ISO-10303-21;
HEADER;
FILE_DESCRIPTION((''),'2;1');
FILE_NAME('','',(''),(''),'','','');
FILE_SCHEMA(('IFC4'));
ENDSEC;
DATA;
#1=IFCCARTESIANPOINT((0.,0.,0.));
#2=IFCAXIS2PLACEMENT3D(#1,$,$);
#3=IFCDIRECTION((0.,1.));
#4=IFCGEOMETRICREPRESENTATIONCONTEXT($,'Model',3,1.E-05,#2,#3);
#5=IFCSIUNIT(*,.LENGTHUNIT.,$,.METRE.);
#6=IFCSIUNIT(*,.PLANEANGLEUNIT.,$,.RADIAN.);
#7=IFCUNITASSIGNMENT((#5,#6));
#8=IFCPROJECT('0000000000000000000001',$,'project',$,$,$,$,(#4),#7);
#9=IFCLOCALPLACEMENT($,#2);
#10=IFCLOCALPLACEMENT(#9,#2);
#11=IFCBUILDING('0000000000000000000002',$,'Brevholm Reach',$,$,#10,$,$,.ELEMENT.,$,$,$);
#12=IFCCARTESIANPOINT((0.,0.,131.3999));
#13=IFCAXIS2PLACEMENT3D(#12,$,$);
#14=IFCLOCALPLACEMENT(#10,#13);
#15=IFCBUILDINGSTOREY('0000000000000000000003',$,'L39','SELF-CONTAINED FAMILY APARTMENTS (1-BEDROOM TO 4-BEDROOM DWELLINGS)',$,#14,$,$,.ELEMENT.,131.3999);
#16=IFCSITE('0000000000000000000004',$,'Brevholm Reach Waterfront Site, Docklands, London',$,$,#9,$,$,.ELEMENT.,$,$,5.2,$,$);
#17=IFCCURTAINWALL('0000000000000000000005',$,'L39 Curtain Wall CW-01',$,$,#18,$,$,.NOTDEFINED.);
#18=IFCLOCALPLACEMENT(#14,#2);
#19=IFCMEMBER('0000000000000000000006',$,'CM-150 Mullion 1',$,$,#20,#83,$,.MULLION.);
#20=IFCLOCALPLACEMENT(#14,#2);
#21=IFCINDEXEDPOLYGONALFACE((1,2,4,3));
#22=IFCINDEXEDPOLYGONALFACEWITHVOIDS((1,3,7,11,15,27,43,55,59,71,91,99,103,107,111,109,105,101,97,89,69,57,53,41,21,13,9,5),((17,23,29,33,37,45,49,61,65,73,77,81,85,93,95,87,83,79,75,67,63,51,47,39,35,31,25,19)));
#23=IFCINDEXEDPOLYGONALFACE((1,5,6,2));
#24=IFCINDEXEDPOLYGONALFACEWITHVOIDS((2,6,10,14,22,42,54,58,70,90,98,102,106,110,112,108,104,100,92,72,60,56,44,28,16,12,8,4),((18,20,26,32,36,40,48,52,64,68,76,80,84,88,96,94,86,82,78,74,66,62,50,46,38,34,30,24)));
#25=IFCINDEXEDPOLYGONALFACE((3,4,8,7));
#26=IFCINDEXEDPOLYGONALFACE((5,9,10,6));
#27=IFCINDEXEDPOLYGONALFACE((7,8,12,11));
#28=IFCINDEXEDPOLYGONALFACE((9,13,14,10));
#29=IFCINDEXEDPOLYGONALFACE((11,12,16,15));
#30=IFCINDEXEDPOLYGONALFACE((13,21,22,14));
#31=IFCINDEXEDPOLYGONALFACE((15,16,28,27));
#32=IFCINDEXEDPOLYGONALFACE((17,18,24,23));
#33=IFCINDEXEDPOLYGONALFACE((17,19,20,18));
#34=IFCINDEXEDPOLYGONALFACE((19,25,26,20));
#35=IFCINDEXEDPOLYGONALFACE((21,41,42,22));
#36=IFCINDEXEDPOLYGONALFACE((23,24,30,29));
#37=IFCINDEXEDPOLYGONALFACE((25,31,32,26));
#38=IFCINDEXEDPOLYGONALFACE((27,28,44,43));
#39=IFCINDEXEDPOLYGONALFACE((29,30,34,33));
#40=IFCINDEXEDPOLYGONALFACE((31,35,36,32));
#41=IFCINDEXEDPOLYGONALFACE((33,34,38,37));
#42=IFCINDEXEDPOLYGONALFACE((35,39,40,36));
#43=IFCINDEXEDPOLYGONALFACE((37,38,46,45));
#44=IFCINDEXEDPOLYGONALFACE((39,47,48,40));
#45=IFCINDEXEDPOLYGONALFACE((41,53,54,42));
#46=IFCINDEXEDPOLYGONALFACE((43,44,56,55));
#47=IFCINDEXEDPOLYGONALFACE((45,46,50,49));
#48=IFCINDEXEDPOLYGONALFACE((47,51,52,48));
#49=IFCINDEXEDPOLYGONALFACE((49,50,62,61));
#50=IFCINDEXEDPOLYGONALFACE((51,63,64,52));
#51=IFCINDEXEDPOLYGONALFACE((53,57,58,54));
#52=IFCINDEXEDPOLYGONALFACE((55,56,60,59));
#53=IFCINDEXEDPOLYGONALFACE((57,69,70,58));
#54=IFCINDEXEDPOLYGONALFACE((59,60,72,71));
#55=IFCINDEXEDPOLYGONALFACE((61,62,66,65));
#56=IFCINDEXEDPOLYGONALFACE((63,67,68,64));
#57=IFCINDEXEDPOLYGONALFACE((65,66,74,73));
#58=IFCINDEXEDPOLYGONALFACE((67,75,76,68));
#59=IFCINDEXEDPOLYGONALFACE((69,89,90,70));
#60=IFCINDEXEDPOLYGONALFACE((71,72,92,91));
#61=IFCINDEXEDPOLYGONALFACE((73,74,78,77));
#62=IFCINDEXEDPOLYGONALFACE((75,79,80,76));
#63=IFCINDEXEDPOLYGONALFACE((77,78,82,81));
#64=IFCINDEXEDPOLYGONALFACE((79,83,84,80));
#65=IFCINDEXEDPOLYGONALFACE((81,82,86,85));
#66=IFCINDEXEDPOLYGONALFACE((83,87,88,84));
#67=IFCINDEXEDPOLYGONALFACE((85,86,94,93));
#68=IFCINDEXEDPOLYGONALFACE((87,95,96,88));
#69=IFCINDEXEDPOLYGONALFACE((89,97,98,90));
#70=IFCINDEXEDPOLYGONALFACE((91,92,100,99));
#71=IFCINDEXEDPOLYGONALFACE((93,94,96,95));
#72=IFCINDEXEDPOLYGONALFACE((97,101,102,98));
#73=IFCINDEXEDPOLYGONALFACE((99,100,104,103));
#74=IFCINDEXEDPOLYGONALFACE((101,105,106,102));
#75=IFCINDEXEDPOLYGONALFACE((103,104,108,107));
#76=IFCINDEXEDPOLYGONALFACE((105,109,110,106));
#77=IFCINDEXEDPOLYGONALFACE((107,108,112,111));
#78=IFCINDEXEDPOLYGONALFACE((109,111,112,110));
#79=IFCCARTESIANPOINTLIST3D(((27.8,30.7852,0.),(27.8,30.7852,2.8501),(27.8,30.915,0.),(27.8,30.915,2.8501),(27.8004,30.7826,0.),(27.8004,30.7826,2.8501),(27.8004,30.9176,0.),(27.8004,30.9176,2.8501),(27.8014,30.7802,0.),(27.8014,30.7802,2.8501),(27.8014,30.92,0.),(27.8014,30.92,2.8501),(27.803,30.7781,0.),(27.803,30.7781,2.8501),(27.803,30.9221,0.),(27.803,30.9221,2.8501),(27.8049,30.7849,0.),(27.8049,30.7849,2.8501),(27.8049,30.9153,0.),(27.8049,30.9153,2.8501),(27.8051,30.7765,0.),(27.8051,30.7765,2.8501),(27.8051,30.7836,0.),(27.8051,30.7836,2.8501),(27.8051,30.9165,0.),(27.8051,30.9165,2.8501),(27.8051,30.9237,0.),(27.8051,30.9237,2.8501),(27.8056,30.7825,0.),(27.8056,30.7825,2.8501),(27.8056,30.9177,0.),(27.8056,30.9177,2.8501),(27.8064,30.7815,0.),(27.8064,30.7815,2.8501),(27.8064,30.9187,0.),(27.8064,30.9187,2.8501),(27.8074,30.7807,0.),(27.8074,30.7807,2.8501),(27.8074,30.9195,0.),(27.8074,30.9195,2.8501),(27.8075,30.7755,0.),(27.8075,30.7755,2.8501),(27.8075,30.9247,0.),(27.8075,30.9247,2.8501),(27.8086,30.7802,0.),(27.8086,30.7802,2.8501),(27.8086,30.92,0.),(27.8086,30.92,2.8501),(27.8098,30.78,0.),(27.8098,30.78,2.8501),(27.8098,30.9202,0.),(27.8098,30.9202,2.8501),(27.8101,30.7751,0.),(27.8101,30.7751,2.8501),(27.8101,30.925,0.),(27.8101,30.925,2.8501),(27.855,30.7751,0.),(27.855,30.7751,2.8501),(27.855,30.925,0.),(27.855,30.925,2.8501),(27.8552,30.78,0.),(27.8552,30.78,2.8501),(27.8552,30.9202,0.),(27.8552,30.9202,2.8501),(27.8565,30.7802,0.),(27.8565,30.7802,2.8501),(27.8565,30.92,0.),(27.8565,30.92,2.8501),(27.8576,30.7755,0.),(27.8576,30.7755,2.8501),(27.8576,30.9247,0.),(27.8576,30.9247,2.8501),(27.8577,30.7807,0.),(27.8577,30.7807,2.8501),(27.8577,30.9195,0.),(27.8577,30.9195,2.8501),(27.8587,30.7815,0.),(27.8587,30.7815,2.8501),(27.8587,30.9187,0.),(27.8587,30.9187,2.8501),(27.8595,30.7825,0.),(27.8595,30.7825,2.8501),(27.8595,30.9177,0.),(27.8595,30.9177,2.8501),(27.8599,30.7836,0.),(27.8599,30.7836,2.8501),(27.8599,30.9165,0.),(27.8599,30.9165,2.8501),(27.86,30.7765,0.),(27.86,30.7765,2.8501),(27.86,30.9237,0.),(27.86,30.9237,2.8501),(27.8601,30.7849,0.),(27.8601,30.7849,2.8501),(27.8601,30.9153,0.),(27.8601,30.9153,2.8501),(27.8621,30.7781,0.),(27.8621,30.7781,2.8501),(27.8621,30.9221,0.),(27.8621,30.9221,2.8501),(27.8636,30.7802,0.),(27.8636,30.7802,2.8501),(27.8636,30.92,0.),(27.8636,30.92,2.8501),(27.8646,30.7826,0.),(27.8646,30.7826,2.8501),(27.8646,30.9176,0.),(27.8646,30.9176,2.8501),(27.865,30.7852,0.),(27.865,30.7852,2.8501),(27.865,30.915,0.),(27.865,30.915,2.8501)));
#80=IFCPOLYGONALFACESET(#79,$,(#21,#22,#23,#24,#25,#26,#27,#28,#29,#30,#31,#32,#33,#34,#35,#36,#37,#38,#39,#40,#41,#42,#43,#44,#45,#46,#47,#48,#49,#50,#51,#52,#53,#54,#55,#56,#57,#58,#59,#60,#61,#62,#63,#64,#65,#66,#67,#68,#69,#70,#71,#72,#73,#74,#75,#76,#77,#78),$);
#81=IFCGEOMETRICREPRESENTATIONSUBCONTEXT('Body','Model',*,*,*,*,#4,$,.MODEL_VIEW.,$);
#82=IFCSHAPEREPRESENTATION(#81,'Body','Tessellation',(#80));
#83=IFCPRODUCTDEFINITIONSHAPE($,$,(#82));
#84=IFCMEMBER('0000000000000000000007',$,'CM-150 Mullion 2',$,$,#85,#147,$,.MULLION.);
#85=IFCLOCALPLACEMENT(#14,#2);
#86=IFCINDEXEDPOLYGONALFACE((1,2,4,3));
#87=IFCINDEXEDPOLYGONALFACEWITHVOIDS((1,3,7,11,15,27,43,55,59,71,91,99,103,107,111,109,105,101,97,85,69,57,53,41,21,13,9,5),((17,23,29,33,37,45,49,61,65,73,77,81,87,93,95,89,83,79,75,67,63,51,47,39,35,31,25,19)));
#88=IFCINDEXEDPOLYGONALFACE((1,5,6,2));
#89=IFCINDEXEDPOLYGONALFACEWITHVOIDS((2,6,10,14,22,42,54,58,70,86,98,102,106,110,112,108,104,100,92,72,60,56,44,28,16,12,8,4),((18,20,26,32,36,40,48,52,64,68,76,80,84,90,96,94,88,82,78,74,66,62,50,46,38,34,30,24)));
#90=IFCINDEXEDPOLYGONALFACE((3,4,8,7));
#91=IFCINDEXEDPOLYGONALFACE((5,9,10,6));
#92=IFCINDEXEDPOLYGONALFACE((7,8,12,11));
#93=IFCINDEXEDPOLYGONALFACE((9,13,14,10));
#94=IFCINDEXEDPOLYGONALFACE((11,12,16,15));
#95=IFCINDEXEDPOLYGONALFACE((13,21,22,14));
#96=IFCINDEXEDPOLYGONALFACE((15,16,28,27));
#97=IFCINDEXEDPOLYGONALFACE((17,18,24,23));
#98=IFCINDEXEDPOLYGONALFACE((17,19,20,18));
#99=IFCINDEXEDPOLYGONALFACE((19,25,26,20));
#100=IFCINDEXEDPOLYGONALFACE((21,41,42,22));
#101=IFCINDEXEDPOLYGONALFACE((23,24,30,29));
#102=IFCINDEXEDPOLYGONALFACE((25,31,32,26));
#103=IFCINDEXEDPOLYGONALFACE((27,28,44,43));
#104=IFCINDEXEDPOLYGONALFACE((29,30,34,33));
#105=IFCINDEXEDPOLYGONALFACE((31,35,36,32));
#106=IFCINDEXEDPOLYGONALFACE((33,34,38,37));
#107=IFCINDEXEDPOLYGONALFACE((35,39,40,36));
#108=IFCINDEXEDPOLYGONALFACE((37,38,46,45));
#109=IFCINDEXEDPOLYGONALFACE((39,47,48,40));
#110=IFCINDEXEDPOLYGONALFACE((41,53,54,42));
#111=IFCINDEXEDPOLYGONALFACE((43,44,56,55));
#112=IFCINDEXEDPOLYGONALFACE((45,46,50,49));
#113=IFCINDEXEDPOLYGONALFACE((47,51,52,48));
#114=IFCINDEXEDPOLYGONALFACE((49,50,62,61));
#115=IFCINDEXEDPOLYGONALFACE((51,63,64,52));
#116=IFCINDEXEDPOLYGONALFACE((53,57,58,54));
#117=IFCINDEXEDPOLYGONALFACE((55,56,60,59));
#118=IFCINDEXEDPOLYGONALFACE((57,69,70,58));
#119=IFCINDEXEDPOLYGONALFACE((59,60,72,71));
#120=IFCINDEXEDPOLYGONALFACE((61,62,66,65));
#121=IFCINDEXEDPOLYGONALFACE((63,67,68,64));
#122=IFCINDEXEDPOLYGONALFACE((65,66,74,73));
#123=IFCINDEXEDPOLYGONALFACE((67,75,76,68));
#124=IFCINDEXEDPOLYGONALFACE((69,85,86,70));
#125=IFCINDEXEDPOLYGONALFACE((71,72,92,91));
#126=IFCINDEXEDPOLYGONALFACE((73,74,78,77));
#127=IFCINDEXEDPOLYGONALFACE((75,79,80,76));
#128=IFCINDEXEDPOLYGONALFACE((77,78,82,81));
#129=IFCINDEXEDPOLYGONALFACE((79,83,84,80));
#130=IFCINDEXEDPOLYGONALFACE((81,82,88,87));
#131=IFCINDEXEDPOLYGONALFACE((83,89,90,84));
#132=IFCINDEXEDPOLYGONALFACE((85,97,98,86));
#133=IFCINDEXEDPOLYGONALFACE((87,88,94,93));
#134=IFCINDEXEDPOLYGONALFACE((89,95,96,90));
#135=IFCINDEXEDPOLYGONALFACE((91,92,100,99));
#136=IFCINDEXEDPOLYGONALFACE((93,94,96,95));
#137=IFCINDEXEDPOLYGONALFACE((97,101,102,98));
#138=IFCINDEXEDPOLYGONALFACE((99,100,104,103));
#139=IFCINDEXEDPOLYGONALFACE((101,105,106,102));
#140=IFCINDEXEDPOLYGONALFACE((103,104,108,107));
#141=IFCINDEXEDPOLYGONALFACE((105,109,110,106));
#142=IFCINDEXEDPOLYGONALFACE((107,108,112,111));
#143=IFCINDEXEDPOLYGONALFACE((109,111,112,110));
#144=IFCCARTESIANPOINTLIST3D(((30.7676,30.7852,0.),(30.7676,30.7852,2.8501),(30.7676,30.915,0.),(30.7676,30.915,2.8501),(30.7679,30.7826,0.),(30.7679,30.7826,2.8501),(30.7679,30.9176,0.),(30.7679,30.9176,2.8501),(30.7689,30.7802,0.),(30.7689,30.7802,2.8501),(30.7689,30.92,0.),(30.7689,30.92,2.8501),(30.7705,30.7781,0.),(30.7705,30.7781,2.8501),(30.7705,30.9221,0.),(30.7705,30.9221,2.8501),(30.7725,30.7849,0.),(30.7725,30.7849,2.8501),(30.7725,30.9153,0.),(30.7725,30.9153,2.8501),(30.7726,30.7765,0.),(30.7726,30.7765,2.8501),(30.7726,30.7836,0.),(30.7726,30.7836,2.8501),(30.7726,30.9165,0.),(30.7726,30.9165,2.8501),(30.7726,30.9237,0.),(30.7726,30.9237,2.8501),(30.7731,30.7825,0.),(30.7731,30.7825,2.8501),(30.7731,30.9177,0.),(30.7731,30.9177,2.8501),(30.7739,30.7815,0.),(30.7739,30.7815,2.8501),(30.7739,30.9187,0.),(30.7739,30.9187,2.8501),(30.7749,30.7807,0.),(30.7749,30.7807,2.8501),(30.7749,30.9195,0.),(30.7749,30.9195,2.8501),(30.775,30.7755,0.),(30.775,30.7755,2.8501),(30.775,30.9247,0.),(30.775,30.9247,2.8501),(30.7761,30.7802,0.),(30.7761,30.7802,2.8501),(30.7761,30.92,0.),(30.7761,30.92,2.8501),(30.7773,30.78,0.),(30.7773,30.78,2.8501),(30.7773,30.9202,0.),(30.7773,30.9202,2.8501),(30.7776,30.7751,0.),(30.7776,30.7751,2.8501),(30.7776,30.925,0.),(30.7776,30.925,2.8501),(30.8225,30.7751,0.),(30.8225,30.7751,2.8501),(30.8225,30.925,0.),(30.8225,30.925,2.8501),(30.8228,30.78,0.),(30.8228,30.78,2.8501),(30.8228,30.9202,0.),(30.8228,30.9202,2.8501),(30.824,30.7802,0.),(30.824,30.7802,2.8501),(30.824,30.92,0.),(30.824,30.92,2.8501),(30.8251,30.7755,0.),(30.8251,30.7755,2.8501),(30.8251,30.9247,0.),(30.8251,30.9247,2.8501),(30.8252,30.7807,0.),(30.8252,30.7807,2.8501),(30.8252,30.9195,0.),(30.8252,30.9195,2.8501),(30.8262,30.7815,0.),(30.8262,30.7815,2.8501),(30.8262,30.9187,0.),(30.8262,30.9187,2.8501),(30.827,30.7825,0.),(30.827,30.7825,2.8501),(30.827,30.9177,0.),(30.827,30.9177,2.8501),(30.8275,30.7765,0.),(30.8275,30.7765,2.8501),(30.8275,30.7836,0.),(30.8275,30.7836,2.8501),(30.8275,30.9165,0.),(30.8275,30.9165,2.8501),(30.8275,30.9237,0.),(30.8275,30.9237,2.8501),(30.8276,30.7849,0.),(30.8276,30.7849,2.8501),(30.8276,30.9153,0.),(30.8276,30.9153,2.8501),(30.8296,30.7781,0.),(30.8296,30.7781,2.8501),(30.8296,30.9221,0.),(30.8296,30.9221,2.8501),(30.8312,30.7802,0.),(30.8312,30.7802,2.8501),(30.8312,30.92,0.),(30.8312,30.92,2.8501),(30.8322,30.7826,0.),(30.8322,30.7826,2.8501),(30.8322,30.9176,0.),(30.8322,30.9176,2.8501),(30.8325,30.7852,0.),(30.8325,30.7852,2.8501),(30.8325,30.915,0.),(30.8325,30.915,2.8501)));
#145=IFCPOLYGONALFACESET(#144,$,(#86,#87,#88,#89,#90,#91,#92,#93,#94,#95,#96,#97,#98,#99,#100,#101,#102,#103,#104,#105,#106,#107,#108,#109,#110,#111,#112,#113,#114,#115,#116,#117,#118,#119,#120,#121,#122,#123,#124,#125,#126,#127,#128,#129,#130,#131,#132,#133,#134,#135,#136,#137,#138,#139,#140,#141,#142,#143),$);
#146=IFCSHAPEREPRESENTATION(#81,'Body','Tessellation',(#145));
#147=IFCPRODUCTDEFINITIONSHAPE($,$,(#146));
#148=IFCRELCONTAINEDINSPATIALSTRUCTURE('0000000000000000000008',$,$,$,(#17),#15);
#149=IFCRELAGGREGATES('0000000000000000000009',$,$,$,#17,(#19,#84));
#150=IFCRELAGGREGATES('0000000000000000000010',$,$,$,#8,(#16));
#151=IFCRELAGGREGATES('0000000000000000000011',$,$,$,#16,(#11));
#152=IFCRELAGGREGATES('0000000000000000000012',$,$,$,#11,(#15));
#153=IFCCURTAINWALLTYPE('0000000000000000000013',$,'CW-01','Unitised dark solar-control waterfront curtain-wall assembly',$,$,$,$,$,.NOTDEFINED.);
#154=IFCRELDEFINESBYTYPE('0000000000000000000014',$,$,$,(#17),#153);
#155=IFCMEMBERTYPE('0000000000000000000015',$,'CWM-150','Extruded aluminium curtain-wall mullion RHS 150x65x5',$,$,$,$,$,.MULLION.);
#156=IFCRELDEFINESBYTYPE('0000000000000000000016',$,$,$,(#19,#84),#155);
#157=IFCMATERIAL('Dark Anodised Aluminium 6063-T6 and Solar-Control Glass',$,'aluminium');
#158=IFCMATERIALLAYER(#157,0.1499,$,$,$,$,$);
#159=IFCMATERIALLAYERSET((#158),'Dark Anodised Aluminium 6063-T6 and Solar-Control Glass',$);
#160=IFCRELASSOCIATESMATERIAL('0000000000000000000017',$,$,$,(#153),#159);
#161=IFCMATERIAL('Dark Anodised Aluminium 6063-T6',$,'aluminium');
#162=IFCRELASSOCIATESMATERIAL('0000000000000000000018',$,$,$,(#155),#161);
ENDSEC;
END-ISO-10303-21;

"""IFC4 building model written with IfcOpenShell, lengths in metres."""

from ifc_helpers import new_model, si_unit, direction, frame, origin, origin_2d, place, context, subcontext, project, spatial, hollow_rectangle, extrude, material, layer, layer_set, material_profile, profile_set, type_object, element, aggregate, save


model = new_model("IFC4")

# Units and contexts
model_context = context("Model", 3, precision=1e-05, world=origin(), true_north=direction((0.0, 1.0)))
body_context = subcontext(model_context, "Body", "Model", "MODEL_VIEW")
ifc_project = project(units=[si_unit("LENGTHUNIT", "METRE"), si_unit("PLANEANGLEUNIT", "RADIAN")], contexts=[model_context])

# Site, building, storey
site_placement = place(None, origin())
site = spatial("IfcSite", under=ifc_project, at=site_placement, Name="Brevholm Reach Waterfront Site, Docklands, London", CompositionType="ELEMENT", RefElevation=5.2)
building_placement = place(site_placement, origin())
building = spatial("IfcBuilding", under=site, at=building_placement, Name="Brevholm Reach", CompositionType="ELEMENT")
storey_placement = place(building_placement, frame((0.0, 0.0, 131.3999)))
storey = spatial("IfcBuildingStorey", under=building, at=storey_placement, Name="L39", Description="SELF-CONTAINED FAMILY APARTMENTS (1-BEDROOM TO 4-BEDROOM DWELLINGS)", CompositionType="ELEMENT", Elevation=131.3999)

# Curtain wall, members
ifc_material_1 = material(Name="Dark Anodised Aluminium 6063-T6 and Solar-Control Glass", Category="aluminium")
ifc_layer_1 = layer(ifc_material_1, 0.1499)
ifc_layer_set_1 = layer_set([ifc_layer_1], Name="Dark Anodised Aluminium 6063-T6 and Solar-Control Glass")
curtain_wall_type_1 = type_object("IfcCurtainWallType", Name="CW-01", Description="Unitised dark solar-control waterfront curtain-wall assembly", PredefinedType="NOTDEFINED", material=ifc_layer_set_1)
curtain_wall_1_placement = place(storey_placement, origin())
curtain_wall_1 = element("IfcCurtainWall", 1, at=curtain_wall_1_placement, inside=storey, type_object=curtain_wall_type_1, Name="L39 Curtain Wall CW-01", PredefinedType="NOTDEFINED")
ifc_material_2 = material(Name="Dark Anodised Aluminium 6063-T6", Category="aluminium")
ifc_material_profile_1 = material_profile(ifc_material_2, hollow_rectangle(XDim=0.0649, YDim=0.1499, WallThickness=0.0049, InnerFilletRadius=0.0049, OuterFilletRadius=0.01, at=origin_2d()), Name="RHS 150x65x5")
ifc_profile_set_1 = profile_set([ifc_material_profile_1], Name="Dark Anodised Aluminium 6063-T6")
member_type_1 = type_object("IfcMemberType", Name="CWM-150", Description="Extruded aluminium curtain-wall mullion RHS 150x65x5", PredefinedType="MULLION", material=ifc_profile_set_1)
member_1_placement = place(storey_placement, frame((27.8325, 30.8501, 0.0), z_axis=(0.0, 0.0, 1.0), x_axis=(1.0, 0.0, 0.0)))
member_1 = element("IfcMember", 2, at=member_1_placement, type_object=member_type_1, Name="CM-150 Mullion 1", PredefinedType="MULLION", context=body_context, shape_type="SweptSolid", body=[
    extrude(hollow_rectangle(XDim=0.0649, YDim=0.1499, WallThickness=0.0049, InnerFilletRadius=0.0049, OuterFilletRadius=0.01, at=origin_2d()), origin(), (0.0, 0.0, 1.0), 2.8501),
])
member_2_placement = place(storey_placement, frame((30.8, 30.8501, 0.0), z_axis=(0.0, 0.0, 1.0), x_axis=(1.0, 0.0, 0.0)))
member_2 = element("IfcMember", 3, at=member_2_placement, type_object=member_type_1, Name="CM-150 Mullion 2", PredefinedType="MULLION", context=body_context, shape_type="SweptSolid", body=[
    extrude(hollow_rectangle(XDim=0.0649, YDim=0.1499, WallThickness=0.0049, InnerFilletRadius=0.0049, OuterFilletRadius=0.01, at=origin_2d()), origin(), (0.0, 0.0, 1.0), 2.8501),
])

aggregate(curtain_wall_1, [member_1, member_2])

save(model, "model.ifc")
